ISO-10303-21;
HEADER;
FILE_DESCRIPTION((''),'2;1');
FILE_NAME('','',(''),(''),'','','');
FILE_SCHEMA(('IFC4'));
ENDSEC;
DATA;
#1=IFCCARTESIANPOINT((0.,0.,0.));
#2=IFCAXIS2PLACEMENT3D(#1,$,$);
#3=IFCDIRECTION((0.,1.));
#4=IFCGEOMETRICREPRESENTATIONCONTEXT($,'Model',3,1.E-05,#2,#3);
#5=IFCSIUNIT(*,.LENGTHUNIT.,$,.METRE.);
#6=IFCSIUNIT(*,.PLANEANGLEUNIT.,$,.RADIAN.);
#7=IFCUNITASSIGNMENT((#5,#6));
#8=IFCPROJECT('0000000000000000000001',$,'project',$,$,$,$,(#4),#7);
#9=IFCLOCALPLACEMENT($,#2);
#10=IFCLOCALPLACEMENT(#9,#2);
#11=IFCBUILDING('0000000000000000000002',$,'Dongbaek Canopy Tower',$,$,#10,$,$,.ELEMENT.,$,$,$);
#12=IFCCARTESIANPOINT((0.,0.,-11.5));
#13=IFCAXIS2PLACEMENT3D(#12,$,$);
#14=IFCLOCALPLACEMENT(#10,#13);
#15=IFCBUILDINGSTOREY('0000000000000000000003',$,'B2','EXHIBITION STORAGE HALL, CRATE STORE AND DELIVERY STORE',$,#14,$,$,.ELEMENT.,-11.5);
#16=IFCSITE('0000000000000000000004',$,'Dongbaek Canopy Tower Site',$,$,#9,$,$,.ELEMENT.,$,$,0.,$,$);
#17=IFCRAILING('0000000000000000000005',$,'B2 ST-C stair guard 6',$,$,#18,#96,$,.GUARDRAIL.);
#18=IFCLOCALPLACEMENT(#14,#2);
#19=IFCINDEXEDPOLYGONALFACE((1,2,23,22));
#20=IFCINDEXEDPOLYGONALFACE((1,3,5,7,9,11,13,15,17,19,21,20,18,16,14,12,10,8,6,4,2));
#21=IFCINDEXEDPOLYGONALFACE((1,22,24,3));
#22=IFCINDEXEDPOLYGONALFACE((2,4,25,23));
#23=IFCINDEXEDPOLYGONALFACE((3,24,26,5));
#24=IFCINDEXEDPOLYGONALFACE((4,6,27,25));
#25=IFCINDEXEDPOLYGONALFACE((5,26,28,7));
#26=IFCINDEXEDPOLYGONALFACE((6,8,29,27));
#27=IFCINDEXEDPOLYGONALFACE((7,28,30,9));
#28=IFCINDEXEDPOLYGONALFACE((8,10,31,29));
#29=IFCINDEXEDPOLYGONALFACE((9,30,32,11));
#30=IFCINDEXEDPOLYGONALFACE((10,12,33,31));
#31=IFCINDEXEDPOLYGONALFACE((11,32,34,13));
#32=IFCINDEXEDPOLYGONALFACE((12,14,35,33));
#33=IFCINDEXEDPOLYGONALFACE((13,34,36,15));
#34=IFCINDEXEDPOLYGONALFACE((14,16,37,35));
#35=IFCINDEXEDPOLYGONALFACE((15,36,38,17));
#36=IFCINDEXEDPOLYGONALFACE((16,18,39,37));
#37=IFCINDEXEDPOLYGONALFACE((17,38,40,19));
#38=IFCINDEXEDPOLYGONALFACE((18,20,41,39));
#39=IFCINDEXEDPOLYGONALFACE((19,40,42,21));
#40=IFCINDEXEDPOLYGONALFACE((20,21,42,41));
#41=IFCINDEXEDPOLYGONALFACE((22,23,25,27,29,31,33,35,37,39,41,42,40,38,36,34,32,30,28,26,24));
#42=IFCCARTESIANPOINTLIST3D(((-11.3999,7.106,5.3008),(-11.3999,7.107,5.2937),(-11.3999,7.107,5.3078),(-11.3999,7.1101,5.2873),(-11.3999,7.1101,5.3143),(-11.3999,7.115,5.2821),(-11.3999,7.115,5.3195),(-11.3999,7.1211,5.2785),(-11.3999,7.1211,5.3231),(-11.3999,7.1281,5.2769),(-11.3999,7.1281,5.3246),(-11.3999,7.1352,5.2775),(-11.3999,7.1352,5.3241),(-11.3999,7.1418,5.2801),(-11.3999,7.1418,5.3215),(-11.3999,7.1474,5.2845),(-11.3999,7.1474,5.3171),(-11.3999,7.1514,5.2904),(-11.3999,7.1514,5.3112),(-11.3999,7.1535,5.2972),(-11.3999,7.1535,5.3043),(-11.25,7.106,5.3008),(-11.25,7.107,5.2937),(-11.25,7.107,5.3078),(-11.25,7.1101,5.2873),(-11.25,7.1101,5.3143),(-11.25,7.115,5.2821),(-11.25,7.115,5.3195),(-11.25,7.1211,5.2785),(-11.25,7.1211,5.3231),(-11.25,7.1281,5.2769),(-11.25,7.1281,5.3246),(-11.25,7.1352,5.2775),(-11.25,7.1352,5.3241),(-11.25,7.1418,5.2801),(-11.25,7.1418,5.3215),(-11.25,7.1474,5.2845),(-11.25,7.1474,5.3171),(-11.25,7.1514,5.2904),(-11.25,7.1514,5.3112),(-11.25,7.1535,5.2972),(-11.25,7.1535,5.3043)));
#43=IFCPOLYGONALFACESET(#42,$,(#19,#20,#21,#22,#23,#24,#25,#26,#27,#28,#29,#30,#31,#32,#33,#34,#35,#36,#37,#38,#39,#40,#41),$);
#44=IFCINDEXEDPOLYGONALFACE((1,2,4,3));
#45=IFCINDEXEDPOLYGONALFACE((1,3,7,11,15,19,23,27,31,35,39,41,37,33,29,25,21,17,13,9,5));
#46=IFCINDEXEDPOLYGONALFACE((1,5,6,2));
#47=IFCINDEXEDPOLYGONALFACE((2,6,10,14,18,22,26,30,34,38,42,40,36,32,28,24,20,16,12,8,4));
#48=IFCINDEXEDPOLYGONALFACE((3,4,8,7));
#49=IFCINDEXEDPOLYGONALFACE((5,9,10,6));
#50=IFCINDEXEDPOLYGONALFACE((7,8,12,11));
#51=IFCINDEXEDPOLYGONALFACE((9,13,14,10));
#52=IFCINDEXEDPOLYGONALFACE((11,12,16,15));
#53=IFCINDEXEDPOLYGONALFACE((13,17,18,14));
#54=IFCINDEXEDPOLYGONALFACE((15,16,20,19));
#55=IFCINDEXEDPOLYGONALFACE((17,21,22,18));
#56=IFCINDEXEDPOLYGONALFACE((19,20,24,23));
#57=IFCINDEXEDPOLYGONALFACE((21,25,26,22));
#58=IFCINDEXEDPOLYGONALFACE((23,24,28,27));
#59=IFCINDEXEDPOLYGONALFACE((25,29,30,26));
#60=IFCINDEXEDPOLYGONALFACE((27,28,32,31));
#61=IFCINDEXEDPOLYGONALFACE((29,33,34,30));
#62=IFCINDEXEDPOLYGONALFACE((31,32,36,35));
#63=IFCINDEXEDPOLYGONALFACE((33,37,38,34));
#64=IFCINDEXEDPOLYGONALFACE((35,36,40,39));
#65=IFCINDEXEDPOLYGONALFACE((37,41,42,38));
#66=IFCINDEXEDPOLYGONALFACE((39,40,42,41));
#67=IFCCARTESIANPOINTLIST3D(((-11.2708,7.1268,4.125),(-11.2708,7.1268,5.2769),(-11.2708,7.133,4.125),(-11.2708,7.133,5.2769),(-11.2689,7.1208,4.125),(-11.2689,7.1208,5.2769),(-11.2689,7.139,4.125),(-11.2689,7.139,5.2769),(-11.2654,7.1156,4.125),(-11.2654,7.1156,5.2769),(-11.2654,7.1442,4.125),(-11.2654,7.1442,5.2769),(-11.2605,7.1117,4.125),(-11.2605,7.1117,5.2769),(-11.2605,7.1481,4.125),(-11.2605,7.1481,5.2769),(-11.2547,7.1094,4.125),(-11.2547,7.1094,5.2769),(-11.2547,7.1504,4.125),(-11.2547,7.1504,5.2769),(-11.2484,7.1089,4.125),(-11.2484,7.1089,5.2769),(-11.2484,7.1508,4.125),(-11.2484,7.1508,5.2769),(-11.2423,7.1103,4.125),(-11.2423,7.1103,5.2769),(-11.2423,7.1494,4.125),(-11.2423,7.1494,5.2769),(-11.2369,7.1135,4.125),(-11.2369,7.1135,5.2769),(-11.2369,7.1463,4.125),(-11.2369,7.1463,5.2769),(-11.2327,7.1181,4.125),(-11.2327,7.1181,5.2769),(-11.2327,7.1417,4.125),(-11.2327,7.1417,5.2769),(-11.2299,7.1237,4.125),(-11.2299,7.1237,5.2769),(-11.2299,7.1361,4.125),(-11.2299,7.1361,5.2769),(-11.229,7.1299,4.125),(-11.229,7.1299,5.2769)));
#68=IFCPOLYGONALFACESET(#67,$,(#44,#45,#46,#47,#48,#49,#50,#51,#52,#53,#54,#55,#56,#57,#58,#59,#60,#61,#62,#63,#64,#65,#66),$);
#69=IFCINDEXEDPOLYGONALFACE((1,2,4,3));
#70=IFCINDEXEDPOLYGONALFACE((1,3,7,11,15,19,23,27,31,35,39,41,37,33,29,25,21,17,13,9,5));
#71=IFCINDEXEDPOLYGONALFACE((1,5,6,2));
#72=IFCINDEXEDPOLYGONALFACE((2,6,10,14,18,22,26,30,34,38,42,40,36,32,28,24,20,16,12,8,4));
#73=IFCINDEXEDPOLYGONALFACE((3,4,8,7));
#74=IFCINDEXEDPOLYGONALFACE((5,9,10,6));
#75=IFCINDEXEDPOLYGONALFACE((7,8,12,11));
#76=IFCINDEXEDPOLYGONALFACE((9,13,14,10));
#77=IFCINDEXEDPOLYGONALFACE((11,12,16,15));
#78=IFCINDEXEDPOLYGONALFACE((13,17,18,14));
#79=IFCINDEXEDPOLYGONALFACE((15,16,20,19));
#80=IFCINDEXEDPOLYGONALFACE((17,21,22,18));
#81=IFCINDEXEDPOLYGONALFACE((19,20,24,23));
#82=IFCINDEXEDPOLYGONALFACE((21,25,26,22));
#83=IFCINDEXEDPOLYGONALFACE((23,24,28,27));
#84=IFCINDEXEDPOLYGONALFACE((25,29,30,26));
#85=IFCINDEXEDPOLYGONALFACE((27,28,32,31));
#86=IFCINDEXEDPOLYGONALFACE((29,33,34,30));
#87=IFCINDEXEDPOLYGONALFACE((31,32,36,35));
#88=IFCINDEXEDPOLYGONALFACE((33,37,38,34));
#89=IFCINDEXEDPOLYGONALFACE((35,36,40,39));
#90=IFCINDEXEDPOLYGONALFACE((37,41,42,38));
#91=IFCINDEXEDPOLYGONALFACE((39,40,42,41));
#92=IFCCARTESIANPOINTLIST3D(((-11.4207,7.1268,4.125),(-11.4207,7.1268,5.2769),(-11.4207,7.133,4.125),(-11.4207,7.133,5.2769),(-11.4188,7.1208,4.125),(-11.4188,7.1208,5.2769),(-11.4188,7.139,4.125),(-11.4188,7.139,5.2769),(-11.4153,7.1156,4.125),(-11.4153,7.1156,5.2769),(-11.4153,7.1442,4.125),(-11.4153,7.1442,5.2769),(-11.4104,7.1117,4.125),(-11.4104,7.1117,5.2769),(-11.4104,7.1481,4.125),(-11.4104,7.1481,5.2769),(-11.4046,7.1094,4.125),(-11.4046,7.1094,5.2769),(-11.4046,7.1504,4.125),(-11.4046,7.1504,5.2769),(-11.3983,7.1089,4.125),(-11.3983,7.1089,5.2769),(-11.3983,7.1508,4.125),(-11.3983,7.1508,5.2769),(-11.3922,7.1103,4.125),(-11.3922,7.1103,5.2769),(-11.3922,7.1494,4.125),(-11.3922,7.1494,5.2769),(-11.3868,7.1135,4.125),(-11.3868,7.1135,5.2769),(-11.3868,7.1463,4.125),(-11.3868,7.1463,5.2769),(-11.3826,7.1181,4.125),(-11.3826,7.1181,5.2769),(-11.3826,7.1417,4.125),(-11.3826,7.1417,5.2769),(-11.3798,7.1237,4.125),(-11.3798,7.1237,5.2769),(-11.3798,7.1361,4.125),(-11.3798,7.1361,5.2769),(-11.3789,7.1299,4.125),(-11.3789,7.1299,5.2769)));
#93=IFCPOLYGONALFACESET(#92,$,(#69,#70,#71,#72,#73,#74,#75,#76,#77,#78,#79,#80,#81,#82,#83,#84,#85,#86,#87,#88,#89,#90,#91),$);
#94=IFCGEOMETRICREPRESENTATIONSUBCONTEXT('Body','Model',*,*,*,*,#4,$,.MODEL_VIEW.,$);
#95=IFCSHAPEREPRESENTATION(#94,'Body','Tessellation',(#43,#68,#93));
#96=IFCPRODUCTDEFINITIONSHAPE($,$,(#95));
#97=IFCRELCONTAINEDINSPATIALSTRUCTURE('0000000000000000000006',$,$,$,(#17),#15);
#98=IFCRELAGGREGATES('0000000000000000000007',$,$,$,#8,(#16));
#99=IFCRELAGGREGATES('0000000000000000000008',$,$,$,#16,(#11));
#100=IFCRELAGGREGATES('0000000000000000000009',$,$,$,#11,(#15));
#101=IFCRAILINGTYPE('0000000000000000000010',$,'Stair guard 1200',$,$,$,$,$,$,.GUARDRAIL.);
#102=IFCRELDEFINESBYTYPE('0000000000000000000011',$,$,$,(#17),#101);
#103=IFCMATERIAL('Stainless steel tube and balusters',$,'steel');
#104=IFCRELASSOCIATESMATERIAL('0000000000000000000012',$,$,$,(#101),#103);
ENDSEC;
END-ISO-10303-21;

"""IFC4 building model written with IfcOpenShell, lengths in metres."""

from ifc_helpers import new_model, si_unit, direction, frame, origin, origin_2d, place, context, subcontext, project, spatial, circle, extrude, material, type_object, element, save


model = new_model("IFC4")

# Units and contexts
model_context = context("Model", 3, precision=1e-05, world=origin(), true_north=direction((0.0, 1.0)))
body_context = subcontext(model_context, "Body", "Model", "MODEL_VIEW")
ifc_project = project(units=[si_unit("LENGTHUNIT", "METRE"), si_unit("PLANEANGLEUNIT", "RADIAN")], contexts=[model_context])

# Site, building, storey
site_placement = place(None, origin())
site = spatial("IfcSite", under=ifc_project, at=site_placement, Name="Dongbaek Canopy Tower Site", CompositionType="ELEMENT", RefElevation=0.0)
building_placement = place(site_placement, origin())
building = spatial("IfcBuilding", under=site, at=building_placement, Name="Dongbaek Canopy Tower", CompositionType="ELEMENT")
storey_placement = place(building_placement, frame((0.0, 0.0, -11.5)))
storey = spatial("IfcBuildingStorey", under=building, at=storey_placement, Name="B2", Description="EXHIBITION STORAGE HALL, CRATE STORE AND DELIVERY STORE", CompositionType="ELEMENT", Elevation=-11.5)

# Railing
ifc_material_1 = material(Name="Stainless steel tube and balusters", Category="steel")
railing_type = type_object("IfcRailingType", Name="Stair guard 1200", PredefinedType="GUARDRAIL", material=ifc_material_1)
railing_1_placement = place(storey_placement, frame((-11.25, 7.1299, 4.125)))
element("IfcRailing", 1, at=railing_1_placement, inside=storey, type_object=railing_type, Name="B2 ST-C stair guard 6", PredefinedType="GUARDRAIL", context=body_context, shape_type="SweptSolid", body=[
    extrude(circle(Radius=0.0239, at=origin_2d()), frame((0.0, 0.0, 1.1758), z_axis=(-1.0, 0.0, 0.0), x_axis=(0.0, -1.0, 0.0)), (0.0, 0.0, 1.0), 0.1499),
    extrude(circle(Radius=0.021, at=origin_2d()), origin(), (0.0, 0.0, 1.0), 1.1519),
    extrude(circle(Radius=0.021, at=origin_2d()), frame((-0.1499, 0.0, 0.0)), (0.0, 0.0, 1.0), 1.1519),
])

save(model, "model.ifc")
